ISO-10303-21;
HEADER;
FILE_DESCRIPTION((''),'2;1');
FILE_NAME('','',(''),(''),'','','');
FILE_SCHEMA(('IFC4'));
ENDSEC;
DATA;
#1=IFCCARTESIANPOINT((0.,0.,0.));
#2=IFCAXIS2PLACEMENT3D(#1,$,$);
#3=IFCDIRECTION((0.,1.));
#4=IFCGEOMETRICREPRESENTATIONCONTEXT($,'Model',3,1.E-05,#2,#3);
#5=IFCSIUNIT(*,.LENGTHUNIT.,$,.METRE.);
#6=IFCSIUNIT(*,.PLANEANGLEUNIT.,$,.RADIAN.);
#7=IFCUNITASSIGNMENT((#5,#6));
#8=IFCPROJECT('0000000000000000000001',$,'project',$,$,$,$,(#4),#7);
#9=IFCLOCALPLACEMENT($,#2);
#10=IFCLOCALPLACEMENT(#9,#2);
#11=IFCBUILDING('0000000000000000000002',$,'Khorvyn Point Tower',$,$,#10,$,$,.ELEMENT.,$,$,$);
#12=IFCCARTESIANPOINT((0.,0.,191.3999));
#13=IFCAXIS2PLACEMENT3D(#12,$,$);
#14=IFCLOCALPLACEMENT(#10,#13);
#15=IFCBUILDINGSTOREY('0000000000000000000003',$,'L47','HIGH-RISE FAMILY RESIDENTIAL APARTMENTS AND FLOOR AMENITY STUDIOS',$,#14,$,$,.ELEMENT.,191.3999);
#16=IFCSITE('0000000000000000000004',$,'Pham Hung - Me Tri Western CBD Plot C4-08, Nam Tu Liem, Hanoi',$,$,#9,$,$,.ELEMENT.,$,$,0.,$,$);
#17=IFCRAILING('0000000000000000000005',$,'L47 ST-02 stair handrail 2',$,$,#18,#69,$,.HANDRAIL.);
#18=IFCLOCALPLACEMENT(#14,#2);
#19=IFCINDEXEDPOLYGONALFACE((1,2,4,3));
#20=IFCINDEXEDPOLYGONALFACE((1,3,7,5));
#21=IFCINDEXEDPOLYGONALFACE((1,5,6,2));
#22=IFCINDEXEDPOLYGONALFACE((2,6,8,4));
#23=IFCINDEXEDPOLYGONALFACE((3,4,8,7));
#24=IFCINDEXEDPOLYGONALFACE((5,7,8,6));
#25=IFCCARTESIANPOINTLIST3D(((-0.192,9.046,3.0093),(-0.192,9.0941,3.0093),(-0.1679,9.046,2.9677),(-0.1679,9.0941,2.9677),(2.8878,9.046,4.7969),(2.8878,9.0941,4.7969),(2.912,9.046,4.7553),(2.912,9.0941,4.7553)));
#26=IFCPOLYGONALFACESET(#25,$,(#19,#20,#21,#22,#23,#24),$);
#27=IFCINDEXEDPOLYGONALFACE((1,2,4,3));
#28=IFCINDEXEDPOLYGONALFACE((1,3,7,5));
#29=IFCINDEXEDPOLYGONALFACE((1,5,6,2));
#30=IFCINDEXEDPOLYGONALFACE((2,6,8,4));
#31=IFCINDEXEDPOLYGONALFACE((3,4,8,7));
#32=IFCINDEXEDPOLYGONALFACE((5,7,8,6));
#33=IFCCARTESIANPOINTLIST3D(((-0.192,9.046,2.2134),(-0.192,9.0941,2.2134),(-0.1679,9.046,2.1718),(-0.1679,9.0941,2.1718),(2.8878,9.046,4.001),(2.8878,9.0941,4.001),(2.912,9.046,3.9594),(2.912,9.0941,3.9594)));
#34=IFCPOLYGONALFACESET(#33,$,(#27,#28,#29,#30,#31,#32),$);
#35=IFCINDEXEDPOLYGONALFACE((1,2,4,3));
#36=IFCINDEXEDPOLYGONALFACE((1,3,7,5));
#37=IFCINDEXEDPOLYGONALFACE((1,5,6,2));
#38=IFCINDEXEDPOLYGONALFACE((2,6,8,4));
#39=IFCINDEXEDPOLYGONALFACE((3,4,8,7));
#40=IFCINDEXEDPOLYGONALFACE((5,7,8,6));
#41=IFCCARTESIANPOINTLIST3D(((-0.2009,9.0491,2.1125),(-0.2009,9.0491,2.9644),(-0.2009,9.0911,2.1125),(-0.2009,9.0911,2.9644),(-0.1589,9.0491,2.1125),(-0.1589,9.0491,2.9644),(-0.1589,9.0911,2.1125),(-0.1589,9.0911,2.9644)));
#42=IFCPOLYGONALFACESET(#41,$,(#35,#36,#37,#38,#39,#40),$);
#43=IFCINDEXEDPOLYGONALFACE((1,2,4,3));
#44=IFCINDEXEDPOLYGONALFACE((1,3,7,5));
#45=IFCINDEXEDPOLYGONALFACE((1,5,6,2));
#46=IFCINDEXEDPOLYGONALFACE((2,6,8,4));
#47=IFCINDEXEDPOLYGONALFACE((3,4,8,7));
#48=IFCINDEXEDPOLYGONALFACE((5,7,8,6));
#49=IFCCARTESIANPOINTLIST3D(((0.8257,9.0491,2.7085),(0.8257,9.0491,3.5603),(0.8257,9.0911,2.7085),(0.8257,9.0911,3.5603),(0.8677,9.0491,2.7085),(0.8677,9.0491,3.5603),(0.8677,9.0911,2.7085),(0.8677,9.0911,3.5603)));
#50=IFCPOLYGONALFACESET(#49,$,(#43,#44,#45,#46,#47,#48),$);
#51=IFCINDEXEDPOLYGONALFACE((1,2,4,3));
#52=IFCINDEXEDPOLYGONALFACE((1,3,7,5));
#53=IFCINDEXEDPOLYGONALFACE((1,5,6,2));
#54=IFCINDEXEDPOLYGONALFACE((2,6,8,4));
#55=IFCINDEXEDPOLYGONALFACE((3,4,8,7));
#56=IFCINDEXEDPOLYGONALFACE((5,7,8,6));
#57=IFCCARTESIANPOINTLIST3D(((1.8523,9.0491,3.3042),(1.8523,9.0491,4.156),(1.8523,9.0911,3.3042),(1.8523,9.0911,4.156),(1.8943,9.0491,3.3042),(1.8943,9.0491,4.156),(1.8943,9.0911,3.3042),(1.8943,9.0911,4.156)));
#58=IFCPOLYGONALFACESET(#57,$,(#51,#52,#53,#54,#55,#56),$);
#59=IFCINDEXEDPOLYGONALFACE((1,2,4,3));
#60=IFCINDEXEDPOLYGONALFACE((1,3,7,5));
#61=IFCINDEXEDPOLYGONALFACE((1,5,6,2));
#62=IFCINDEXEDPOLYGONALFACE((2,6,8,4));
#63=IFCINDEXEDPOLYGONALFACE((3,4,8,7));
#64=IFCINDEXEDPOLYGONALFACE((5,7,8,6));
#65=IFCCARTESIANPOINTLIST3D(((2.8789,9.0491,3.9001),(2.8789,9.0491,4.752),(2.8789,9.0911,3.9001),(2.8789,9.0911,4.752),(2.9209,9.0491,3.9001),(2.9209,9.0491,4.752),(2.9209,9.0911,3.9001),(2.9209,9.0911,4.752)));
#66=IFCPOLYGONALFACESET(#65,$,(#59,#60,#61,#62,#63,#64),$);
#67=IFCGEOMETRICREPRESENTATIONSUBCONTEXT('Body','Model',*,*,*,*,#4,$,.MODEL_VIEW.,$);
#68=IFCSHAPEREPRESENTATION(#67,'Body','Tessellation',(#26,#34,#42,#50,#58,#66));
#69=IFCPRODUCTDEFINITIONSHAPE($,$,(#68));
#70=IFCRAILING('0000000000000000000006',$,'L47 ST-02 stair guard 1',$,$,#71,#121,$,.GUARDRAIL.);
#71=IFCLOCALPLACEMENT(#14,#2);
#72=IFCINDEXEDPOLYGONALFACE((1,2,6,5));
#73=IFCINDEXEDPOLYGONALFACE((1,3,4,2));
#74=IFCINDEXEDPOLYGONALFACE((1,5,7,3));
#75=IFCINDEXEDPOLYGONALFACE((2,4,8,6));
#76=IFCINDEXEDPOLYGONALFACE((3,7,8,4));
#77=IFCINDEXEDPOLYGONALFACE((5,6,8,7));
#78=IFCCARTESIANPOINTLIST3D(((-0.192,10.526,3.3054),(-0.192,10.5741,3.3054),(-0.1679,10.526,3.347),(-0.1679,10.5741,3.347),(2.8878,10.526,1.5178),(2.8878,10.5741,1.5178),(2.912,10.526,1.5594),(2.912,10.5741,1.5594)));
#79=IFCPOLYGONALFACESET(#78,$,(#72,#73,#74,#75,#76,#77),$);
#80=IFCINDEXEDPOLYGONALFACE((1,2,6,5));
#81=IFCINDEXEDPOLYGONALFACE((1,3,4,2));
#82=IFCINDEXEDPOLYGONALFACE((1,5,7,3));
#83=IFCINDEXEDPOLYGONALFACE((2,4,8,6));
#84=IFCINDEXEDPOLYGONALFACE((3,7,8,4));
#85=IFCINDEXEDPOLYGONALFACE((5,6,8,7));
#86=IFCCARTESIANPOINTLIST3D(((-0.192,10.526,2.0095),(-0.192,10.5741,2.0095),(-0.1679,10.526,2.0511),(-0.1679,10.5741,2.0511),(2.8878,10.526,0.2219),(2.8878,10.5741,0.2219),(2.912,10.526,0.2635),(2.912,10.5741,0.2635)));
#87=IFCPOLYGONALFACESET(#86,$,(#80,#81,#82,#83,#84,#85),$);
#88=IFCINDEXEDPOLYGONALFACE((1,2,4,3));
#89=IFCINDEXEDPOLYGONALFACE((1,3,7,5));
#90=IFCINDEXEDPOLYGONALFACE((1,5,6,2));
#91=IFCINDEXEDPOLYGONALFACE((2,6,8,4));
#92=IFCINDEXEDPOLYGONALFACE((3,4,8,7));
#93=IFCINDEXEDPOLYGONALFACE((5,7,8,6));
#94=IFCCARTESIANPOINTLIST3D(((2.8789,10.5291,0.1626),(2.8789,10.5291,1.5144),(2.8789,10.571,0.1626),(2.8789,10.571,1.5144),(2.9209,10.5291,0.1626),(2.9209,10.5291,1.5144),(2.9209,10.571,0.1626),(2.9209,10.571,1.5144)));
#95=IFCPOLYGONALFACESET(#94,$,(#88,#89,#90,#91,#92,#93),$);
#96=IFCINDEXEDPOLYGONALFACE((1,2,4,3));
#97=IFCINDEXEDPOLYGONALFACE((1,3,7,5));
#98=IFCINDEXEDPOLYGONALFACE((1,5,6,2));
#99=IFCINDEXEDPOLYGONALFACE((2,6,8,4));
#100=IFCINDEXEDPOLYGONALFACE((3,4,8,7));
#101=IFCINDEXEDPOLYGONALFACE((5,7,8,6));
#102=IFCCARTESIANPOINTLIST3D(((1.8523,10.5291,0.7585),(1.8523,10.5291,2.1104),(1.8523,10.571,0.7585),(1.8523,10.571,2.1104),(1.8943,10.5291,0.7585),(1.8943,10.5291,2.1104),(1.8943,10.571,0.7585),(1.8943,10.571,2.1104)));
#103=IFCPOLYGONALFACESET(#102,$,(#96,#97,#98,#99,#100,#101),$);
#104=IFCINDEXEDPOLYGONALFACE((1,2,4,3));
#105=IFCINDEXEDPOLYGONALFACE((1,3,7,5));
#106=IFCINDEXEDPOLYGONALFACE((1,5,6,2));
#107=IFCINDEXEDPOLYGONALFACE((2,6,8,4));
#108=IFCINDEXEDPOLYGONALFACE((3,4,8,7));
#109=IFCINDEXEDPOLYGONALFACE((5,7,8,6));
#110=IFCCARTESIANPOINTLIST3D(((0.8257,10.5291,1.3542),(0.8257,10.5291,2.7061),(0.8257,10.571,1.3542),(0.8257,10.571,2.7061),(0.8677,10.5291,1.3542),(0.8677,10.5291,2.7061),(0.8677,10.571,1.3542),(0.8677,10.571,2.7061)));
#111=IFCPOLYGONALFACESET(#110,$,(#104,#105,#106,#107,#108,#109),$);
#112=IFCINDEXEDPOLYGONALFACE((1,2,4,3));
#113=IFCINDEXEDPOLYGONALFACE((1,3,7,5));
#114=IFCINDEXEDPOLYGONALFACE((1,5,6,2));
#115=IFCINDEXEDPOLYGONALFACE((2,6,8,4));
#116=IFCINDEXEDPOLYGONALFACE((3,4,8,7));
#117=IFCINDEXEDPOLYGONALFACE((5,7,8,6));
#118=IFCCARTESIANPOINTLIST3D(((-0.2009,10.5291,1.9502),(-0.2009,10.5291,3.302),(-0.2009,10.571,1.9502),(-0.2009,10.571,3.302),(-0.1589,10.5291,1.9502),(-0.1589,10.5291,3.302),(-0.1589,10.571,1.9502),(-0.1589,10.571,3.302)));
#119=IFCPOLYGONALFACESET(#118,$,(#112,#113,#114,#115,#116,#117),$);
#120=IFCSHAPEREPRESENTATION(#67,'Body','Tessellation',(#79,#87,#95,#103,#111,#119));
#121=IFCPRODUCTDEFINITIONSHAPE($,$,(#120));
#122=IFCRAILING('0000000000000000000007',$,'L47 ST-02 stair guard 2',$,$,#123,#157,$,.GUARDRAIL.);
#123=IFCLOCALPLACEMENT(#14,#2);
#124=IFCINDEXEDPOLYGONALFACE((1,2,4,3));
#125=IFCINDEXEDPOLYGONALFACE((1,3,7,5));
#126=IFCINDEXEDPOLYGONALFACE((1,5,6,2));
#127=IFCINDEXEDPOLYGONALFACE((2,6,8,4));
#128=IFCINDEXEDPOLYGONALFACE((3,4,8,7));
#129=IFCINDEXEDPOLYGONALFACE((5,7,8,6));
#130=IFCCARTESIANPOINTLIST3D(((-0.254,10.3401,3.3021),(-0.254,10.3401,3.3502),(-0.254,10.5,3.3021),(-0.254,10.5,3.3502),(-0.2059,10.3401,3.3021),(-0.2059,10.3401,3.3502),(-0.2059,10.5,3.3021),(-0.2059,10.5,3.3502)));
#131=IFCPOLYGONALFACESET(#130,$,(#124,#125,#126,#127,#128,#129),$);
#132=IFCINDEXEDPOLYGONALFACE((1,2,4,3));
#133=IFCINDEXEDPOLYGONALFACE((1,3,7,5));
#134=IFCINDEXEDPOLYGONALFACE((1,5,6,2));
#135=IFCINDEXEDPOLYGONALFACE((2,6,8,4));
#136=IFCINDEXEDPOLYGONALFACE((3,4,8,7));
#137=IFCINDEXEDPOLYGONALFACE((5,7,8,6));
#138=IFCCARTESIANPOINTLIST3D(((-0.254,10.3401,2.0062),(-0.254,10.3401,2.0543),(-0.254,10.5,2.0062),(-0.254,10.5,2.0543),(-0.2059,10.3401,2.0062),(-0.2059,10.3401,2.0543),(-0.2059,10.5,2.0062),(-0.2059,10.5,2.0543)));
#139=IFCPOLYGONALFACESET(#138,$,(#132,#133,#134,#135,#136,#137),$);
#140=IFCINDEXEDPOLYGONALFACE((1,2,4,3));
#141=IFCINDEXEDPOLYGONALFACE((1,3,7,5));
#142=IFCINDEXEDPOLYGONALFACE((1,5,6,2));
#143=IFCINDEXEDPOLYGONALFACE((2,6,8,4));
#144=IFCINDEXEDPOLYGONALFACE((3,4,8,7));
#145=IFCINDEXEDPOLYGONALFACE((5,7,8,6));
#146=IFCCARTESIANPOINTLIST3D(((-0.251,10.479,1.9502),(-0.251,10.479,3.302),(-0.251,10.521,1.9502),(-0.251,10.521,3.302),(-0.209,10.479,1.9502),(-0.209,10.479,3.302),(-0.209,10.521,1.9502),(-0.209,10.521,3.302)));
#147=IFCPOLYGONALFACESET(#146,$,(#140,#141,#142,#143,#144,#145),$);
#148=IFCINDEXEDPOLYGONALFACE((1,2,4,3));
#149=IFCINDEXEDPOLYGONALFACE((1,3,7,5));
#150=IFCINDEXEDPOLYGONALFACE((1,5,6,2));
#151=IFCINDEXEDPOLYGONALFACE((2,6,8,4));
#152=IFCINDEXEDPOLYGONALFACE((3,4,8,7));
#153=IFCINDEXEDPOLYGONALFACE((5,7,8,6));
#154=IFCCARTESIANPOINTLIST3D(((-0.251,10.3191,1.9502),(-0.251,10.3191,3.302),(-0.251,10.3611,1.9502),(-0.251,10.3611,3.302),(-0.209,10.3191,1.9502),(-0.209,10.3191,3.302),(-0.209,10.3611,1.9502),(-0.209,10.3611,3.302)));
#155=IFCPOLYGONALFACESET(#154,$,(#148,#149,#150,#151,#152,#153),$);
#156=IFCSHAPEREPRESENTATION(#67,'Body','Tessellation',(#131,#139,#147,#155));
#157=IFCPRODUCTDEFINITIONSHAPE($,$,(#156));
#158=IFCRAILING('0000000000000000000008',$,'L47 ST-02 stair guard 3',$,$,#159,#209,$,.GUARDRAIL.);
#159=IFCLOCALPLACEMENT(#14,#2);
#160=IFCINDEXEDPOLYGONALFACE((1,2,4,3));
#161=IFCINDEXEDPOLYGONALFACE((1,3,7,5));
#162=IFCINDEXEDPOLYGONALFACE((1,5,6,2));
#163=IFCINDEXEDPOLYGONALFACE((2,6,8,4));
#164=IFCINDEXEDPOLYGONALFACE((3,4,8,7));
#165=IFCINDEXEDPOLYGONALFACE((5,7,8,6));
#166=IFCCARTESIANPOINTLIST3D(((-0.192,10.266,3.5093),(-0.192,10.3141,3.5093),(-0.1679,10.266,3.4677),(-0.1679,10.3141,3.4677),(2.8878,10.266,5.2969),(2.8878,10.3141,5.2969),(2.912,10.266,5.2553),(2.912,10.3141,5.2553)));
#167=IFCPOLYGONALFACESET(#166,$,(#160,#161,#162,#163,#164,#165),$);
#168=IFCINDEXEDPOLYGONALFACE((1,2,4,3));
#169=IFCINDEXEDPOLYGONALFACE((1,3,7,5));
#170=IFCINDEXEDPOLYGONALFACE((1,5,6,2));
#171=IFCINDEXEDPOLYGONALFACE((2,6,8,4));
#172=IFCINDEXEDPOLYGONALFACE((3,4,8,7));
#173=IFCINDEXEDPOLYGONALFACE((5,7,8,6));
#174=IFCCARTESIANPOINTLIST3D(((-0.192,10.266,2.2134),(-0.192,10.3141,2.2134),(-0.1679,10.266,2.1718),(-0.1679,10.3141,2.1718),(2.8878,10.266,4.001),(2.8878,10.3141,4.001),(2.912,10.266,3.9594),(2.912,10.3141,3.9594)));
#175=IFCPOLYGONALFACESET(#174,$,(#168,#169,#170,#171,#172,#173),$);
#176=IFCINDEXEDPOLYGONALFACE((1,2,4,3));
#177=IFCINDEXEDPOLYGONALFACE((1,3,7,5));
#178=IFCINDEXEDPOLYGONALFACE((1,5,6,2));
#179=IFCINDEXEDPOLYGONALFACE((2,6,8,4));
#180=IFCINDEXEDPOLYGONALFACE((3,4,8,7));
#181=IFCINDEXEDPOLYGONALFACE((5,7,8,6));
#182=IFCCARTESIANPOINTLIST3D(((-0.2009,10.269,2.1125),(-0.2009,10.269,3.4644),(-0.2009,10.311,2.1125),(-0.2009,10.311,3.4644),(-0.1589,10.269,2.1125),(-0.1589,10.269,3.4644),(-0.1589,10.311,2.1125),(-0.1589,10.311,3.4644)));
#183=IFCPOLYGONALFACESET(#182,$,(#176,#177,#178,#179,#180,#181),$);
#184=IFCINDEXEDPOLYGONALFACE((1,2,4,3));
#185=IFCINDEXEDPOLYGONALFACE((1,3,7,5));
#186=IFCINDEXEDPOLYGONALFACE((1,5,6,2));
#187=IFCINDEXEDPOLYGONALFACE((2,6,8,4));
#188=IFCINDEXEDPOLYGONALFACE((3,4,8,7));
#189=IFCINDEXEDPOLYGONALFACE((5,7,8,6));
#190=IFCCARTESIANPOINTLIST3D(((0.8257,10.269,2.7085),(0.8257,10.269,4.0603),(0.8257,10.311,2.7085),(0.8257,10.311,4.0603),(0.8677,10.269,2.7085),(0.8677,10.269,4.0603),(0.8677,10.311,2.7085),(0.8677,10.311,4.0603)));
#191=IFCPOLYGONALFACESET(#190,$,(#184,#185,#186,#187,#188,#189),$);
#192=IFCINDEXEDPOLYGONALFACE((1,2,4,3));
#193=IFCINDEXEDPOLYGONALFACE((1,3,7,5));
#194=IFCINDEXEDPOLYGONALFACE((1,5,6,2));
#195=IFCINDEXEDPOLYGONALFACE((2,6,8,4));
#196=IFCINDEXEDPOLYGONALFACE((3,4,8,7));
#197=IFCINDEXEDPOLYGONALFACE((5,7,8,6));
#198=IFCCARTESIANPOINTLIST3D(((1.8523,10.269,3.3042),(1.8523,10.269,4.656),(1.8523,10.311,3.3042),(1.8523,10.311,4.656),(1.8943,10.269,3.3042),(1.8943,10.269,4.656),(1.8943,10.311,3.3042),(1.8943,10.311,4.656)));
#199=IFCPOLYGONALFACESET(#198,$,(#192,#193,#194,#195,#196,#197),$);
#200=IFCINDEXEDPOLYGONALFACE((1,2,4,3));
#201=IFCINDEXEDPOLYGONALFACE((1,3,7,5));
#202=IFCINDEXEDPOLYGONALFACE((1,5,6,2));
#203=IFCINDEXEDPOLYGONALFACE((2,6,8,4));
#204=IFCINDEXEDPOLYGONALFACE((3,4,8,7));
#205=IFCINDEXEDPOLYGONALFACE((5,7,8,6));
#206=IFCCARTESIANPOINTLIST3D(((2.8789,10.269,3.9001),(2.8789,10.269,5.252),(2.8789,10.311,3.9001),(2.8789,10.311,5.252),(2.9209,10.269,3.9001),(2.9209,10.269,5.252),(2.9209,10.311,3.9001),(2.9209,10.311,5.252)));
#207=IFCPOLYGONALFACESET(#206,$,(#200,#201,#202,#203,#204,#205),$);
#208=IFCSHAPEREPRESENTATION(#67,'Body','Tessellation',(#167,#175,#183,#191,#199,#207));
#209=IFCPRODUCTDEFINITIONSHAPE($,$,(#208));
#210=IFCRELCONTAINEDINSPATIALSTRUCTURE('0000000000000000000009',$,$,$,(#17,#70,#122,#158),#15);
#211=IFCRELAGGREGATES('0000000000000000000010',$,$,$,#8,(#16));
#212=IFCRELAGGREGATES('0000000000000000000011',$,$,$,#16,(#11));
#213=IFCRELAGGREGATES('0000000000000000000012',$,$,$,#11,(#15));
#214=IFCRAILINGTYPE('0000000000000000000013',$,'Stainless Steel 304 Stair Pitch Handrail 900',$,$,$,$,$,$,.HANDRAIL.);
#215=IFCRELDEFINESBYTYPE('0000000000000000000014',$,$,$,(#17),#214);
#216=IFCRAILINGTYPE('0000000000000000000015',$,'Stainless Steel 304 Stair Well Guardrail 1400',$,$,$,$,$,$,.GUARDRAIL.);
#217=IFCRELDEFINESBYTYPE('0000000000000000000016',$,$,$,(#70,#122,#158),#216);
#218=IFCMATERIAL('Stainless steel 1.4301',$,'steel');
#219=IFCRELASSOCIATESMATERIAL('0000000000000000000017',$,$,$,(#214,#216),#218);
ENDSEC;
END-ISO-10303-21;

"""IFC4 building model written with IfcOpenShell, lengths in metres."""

from ifc_helpers import new_model, si_unit, direction, frame, origin, origin_2d, place, context, subcontext, project, spatial, rectangle, extrude, material, type_object, element, save


model = new_model("IFC4")

# Units and contexts
model_context = context("Model", 3, precision=1e-05, world=origin(), true_north=direction((0.0, 1.0)))
body_context = subcontext(model_context, "Body", "Model", "MODEL_VIEW")
ifc_project = project(units=[si_unit("LENGTHUNIT", "METRE"), si_unit("PLANEANGLEUNIT", "RADIAN")], contexts=[model_context])

# Site, building, storey
site_placement = place(None, origin())
site = spatial("IfcSite", under=ifc_project, at=site_placement, Name="Pham Hung - Me Tri Western CBD Plot C4-08, Nam Tu Liem, Hanoi", CompositionType="ELEMENT", RefElevation=0.0)
building_placement = place(site_placement, origin())
building = spatial("IfcBuilding", under=site, at=building_placement, Name="Khorvyn Point Tower", CompositionType="ELEMENT")
storey_placement = place(building_placement, frame((0.0, 0.0, 191.3999)))
storey = spatial("IfcBuildingStorey", under=building, at=storey_placement, Name="L47", Description="HIGH-RISE FAMILY RESIDENTIAL APARTMENTS AND FLOOR AMENITY STUDIOS", CompositionType="ELEMENT", Elevation=191.3999)

# Railings
ifc_material_1 = material(Name="Stainless steel 1.4301", Category="steel")
railing_type_1 = type_object("IfcRailingType", Name="Stainless Steel 304 Stair Pitch Handrail 900", PredefinedType="HANDRAIL", material=ifc_material_1)
railing_1_placement = place(storey_placement, frame((-0.1799, 9.0701, 2.1125)))
element("IfcRailing", 1, at=railing_1_placement, inside=storey, type_object=railing_type_1, Name="L47 ST-02 stair handrail 2", PredefinedType="HANDRAIL", context=body_context, shape_type="SweptSolid", body=[
    extrude(rectangle(XDim=0.0481, YDim=0.0481, at=origin_2d()), frame((0.0, 0.0, 0.876), z_axis=(0.864873, 0.0, 0.50199), x_axis=(0.0, 1.0, 0.0)), (0.0, 0.0, 1.0), 3.561),
    extrude(rectangle(XDim=0.0481, YDim=0.0481, at=origin_2d()), frame((0.0, 0.0, 0.0801), z_axis=(0.864873, 0.0, 0.50199), x_axis=(0.0, 1.0, 0.0)), (0.0, 0.0, 1.0), 3.561),
    extrude(rectangle(XDim=0.042, YDim=0.042, at=origin_2d()), origin(), (0.0, 0.0, 1.0), 0.8518),
    extrude(rectangle(XDim=0.042, YDim=0.042, at=origin_2d()), frame((1.0266, 0.0, 0.5959)), (0.0, 0.0, 1.0), 0.8518),
    extrude(rectangle(XDim=0.042, YDim=0.042, at=origin_2d()), frame((2.0532, 0.0, 1.1917)), (0.0, 0.0, 1.0), 0.8518),
    extrude(rectangle(XDim=0.042, YDim=0.042, at=origin_2d()), frame((3.0798, 0.0, 1.7876)), (0.0, 0.0, 1.0), 0.8518),
])
railing_type_2 = type_object("IfcRailingType", Name="Stainless Steel 304 Stair Well Guardrail 1400", PredefinedType="GUARDRAIL", material=ifc_material_1)
railing_2_placement = place(storey_placement, frame((2.8999, 10.55, 0.1626)))
element("IfcRailing", 2, at=railing_2_placement, inside=storey, type_object=railing_type_2, Name="L47 ST-02 stair guard 1", PredefinedType="GUARDRAIL", context=body_context, shape_type="SweptSolid", body=[
    extrude(rectangle(XDim=0.0481, YDim=0.0481, at=origin_2d()), frame((0.0, 0.0, 1.376), z_axis=(-0.864873, 0.0, 0.50199), x_axis=(0.0, -1.0, 0.0)), (0.0, 0.0, 1.0), 3.561),
    extrude(rectangle(XDim=0.0481, YDim=0.0481, at=origin_2d()), frame((0.0, 0.0, 0.0801), z_axis=(-0.864873, 0.0, 0.50199), x_axis=(0.0, -1.0, 0.0)), (0.0, 0.0, 1.0), 3.561),
    extrude(rectangle(XDim=0.042, YDim=0.042, at=origin_2d()), origin(), (0.0, 0.0, 1.0), 1.3518),
    extrude(rectangle(XDim=0.042, YDim=0.042, at=origin_2d()), frame((-1.0266, 0.0, 0.5959)), (0.0, 0.0, 1.0), 1.3518),
    extrude(rectangle(XDim=0.042, YDim=0.042, at=origin_2d()), frame((-2.0532, 0.0, 1.1917)), (0.0, 0.0, 1.0), 1.3518),
    extrude(rectangle(XDim=0.042, YDim=0.042, at=origin_2d()), frame((-3.0798, 0.0, 1.7876)), (0.0, 0.0, 1.0), 1.3518),
])
railing_3_placement = place(storey_placement, frame((-0.23, 10.5, 1.9502)))
element("IfcRailing", 3, at=railing_3_placement, inside=storey, type_object=railing_type_2, Name="L47 ST-02 stair guard 2", PredefinedType="GUARDRAIL", context=body_context, shape_type="SweptSolid", body=[
    extrude(rectangle(XDim=0.0481, YDim=0.0481, at=origin_2d()), frame((0.0, 0.0, 1.376), z_axis=(0.0, -1.0, 0.0), x_axis=(1.0, 0.0, 0.0)), (0.0, 0.0, 1.0), 0.1599),
    extrude(rectangle(XDim=0.0481, YDim=0.0481, at=origin_2d()), frame((0.0, 0.0, 0.0801), z_axis=(0.0, -1.0, 0.0), x_axis=(1.0, 0.0, 0.0)), (0.0, 0.0, 1.0), 0.1599),
    extrude(rectangle(XDim=0.042, YDim=0.042, at=origin_2d()), origin(), (0.0, 0.0, 1.0), 1.3518),
    extrude(rectangle(XDim=0.042, YDim=0.042, at=origin_2d()), frame((0.0, -0.1599, 0.0)), (0.0, 0.0, 1.0), 1.3518),
])
railing_4_placement = place(storey_placement, frame((-0.1799, 10.29, 2.1125)))
element("IfcRailing", 4, at=railing_4_placement, inside=storey, type_object=railing_type_2, Name="L47 ST-02 stair guard 3", PredefinedType="GUARDRAIL", context=body_context, shape_type="SweptSolid", body=[
    extrude(rectangle(XDim=0.0481, YDim=0.0481, at=origin_2d()), frame((0.0, 0.0, 1.376), z_axis=(0.864873, 0.0, 0.50199), x_axis=(0.0, 1.0, 0.0)), (0.0, 0.0, 1.0), 3.561),
    extrude(rectangle(XDim=0.0481, YDim=0.0481, at=origin_2d()), frame((0.0, 0.0, 0.0801), z_axis=(0.864873, 0.0, 0.50199), x_axis=(0.0, 1.0, 0.0)), (0.0, 0.0, 1.0), 3.561),
    extrude(rectangle(XDim=0.042, YDim=0.042, at=origin_2d()), origin(), (0.0, 0.0, 1.0), 1.3518),
    extrude(rectangle(XDim=0.042, YDim=0.042, at=origin_2d()), frame((1.0266, 0.0, 0.5959)), (0.0, 0.0, 1.0), 1.3518),
    extrude(rectangle(XDim=0.042, YDim=0.042, at=origin_2d()), frame((2.0532, 0.0, 1.1917)), (0.0, 0.0, 1.0), 1.3518),
    extrude(rectangle(XDim=0.042, YDim=0.042, at=origin_2d()), frame((3.0798, 0.0, 1.7876)), (0.0, 0.0, 1.0), 1.3518),
])

save(model, "model.ifc")
